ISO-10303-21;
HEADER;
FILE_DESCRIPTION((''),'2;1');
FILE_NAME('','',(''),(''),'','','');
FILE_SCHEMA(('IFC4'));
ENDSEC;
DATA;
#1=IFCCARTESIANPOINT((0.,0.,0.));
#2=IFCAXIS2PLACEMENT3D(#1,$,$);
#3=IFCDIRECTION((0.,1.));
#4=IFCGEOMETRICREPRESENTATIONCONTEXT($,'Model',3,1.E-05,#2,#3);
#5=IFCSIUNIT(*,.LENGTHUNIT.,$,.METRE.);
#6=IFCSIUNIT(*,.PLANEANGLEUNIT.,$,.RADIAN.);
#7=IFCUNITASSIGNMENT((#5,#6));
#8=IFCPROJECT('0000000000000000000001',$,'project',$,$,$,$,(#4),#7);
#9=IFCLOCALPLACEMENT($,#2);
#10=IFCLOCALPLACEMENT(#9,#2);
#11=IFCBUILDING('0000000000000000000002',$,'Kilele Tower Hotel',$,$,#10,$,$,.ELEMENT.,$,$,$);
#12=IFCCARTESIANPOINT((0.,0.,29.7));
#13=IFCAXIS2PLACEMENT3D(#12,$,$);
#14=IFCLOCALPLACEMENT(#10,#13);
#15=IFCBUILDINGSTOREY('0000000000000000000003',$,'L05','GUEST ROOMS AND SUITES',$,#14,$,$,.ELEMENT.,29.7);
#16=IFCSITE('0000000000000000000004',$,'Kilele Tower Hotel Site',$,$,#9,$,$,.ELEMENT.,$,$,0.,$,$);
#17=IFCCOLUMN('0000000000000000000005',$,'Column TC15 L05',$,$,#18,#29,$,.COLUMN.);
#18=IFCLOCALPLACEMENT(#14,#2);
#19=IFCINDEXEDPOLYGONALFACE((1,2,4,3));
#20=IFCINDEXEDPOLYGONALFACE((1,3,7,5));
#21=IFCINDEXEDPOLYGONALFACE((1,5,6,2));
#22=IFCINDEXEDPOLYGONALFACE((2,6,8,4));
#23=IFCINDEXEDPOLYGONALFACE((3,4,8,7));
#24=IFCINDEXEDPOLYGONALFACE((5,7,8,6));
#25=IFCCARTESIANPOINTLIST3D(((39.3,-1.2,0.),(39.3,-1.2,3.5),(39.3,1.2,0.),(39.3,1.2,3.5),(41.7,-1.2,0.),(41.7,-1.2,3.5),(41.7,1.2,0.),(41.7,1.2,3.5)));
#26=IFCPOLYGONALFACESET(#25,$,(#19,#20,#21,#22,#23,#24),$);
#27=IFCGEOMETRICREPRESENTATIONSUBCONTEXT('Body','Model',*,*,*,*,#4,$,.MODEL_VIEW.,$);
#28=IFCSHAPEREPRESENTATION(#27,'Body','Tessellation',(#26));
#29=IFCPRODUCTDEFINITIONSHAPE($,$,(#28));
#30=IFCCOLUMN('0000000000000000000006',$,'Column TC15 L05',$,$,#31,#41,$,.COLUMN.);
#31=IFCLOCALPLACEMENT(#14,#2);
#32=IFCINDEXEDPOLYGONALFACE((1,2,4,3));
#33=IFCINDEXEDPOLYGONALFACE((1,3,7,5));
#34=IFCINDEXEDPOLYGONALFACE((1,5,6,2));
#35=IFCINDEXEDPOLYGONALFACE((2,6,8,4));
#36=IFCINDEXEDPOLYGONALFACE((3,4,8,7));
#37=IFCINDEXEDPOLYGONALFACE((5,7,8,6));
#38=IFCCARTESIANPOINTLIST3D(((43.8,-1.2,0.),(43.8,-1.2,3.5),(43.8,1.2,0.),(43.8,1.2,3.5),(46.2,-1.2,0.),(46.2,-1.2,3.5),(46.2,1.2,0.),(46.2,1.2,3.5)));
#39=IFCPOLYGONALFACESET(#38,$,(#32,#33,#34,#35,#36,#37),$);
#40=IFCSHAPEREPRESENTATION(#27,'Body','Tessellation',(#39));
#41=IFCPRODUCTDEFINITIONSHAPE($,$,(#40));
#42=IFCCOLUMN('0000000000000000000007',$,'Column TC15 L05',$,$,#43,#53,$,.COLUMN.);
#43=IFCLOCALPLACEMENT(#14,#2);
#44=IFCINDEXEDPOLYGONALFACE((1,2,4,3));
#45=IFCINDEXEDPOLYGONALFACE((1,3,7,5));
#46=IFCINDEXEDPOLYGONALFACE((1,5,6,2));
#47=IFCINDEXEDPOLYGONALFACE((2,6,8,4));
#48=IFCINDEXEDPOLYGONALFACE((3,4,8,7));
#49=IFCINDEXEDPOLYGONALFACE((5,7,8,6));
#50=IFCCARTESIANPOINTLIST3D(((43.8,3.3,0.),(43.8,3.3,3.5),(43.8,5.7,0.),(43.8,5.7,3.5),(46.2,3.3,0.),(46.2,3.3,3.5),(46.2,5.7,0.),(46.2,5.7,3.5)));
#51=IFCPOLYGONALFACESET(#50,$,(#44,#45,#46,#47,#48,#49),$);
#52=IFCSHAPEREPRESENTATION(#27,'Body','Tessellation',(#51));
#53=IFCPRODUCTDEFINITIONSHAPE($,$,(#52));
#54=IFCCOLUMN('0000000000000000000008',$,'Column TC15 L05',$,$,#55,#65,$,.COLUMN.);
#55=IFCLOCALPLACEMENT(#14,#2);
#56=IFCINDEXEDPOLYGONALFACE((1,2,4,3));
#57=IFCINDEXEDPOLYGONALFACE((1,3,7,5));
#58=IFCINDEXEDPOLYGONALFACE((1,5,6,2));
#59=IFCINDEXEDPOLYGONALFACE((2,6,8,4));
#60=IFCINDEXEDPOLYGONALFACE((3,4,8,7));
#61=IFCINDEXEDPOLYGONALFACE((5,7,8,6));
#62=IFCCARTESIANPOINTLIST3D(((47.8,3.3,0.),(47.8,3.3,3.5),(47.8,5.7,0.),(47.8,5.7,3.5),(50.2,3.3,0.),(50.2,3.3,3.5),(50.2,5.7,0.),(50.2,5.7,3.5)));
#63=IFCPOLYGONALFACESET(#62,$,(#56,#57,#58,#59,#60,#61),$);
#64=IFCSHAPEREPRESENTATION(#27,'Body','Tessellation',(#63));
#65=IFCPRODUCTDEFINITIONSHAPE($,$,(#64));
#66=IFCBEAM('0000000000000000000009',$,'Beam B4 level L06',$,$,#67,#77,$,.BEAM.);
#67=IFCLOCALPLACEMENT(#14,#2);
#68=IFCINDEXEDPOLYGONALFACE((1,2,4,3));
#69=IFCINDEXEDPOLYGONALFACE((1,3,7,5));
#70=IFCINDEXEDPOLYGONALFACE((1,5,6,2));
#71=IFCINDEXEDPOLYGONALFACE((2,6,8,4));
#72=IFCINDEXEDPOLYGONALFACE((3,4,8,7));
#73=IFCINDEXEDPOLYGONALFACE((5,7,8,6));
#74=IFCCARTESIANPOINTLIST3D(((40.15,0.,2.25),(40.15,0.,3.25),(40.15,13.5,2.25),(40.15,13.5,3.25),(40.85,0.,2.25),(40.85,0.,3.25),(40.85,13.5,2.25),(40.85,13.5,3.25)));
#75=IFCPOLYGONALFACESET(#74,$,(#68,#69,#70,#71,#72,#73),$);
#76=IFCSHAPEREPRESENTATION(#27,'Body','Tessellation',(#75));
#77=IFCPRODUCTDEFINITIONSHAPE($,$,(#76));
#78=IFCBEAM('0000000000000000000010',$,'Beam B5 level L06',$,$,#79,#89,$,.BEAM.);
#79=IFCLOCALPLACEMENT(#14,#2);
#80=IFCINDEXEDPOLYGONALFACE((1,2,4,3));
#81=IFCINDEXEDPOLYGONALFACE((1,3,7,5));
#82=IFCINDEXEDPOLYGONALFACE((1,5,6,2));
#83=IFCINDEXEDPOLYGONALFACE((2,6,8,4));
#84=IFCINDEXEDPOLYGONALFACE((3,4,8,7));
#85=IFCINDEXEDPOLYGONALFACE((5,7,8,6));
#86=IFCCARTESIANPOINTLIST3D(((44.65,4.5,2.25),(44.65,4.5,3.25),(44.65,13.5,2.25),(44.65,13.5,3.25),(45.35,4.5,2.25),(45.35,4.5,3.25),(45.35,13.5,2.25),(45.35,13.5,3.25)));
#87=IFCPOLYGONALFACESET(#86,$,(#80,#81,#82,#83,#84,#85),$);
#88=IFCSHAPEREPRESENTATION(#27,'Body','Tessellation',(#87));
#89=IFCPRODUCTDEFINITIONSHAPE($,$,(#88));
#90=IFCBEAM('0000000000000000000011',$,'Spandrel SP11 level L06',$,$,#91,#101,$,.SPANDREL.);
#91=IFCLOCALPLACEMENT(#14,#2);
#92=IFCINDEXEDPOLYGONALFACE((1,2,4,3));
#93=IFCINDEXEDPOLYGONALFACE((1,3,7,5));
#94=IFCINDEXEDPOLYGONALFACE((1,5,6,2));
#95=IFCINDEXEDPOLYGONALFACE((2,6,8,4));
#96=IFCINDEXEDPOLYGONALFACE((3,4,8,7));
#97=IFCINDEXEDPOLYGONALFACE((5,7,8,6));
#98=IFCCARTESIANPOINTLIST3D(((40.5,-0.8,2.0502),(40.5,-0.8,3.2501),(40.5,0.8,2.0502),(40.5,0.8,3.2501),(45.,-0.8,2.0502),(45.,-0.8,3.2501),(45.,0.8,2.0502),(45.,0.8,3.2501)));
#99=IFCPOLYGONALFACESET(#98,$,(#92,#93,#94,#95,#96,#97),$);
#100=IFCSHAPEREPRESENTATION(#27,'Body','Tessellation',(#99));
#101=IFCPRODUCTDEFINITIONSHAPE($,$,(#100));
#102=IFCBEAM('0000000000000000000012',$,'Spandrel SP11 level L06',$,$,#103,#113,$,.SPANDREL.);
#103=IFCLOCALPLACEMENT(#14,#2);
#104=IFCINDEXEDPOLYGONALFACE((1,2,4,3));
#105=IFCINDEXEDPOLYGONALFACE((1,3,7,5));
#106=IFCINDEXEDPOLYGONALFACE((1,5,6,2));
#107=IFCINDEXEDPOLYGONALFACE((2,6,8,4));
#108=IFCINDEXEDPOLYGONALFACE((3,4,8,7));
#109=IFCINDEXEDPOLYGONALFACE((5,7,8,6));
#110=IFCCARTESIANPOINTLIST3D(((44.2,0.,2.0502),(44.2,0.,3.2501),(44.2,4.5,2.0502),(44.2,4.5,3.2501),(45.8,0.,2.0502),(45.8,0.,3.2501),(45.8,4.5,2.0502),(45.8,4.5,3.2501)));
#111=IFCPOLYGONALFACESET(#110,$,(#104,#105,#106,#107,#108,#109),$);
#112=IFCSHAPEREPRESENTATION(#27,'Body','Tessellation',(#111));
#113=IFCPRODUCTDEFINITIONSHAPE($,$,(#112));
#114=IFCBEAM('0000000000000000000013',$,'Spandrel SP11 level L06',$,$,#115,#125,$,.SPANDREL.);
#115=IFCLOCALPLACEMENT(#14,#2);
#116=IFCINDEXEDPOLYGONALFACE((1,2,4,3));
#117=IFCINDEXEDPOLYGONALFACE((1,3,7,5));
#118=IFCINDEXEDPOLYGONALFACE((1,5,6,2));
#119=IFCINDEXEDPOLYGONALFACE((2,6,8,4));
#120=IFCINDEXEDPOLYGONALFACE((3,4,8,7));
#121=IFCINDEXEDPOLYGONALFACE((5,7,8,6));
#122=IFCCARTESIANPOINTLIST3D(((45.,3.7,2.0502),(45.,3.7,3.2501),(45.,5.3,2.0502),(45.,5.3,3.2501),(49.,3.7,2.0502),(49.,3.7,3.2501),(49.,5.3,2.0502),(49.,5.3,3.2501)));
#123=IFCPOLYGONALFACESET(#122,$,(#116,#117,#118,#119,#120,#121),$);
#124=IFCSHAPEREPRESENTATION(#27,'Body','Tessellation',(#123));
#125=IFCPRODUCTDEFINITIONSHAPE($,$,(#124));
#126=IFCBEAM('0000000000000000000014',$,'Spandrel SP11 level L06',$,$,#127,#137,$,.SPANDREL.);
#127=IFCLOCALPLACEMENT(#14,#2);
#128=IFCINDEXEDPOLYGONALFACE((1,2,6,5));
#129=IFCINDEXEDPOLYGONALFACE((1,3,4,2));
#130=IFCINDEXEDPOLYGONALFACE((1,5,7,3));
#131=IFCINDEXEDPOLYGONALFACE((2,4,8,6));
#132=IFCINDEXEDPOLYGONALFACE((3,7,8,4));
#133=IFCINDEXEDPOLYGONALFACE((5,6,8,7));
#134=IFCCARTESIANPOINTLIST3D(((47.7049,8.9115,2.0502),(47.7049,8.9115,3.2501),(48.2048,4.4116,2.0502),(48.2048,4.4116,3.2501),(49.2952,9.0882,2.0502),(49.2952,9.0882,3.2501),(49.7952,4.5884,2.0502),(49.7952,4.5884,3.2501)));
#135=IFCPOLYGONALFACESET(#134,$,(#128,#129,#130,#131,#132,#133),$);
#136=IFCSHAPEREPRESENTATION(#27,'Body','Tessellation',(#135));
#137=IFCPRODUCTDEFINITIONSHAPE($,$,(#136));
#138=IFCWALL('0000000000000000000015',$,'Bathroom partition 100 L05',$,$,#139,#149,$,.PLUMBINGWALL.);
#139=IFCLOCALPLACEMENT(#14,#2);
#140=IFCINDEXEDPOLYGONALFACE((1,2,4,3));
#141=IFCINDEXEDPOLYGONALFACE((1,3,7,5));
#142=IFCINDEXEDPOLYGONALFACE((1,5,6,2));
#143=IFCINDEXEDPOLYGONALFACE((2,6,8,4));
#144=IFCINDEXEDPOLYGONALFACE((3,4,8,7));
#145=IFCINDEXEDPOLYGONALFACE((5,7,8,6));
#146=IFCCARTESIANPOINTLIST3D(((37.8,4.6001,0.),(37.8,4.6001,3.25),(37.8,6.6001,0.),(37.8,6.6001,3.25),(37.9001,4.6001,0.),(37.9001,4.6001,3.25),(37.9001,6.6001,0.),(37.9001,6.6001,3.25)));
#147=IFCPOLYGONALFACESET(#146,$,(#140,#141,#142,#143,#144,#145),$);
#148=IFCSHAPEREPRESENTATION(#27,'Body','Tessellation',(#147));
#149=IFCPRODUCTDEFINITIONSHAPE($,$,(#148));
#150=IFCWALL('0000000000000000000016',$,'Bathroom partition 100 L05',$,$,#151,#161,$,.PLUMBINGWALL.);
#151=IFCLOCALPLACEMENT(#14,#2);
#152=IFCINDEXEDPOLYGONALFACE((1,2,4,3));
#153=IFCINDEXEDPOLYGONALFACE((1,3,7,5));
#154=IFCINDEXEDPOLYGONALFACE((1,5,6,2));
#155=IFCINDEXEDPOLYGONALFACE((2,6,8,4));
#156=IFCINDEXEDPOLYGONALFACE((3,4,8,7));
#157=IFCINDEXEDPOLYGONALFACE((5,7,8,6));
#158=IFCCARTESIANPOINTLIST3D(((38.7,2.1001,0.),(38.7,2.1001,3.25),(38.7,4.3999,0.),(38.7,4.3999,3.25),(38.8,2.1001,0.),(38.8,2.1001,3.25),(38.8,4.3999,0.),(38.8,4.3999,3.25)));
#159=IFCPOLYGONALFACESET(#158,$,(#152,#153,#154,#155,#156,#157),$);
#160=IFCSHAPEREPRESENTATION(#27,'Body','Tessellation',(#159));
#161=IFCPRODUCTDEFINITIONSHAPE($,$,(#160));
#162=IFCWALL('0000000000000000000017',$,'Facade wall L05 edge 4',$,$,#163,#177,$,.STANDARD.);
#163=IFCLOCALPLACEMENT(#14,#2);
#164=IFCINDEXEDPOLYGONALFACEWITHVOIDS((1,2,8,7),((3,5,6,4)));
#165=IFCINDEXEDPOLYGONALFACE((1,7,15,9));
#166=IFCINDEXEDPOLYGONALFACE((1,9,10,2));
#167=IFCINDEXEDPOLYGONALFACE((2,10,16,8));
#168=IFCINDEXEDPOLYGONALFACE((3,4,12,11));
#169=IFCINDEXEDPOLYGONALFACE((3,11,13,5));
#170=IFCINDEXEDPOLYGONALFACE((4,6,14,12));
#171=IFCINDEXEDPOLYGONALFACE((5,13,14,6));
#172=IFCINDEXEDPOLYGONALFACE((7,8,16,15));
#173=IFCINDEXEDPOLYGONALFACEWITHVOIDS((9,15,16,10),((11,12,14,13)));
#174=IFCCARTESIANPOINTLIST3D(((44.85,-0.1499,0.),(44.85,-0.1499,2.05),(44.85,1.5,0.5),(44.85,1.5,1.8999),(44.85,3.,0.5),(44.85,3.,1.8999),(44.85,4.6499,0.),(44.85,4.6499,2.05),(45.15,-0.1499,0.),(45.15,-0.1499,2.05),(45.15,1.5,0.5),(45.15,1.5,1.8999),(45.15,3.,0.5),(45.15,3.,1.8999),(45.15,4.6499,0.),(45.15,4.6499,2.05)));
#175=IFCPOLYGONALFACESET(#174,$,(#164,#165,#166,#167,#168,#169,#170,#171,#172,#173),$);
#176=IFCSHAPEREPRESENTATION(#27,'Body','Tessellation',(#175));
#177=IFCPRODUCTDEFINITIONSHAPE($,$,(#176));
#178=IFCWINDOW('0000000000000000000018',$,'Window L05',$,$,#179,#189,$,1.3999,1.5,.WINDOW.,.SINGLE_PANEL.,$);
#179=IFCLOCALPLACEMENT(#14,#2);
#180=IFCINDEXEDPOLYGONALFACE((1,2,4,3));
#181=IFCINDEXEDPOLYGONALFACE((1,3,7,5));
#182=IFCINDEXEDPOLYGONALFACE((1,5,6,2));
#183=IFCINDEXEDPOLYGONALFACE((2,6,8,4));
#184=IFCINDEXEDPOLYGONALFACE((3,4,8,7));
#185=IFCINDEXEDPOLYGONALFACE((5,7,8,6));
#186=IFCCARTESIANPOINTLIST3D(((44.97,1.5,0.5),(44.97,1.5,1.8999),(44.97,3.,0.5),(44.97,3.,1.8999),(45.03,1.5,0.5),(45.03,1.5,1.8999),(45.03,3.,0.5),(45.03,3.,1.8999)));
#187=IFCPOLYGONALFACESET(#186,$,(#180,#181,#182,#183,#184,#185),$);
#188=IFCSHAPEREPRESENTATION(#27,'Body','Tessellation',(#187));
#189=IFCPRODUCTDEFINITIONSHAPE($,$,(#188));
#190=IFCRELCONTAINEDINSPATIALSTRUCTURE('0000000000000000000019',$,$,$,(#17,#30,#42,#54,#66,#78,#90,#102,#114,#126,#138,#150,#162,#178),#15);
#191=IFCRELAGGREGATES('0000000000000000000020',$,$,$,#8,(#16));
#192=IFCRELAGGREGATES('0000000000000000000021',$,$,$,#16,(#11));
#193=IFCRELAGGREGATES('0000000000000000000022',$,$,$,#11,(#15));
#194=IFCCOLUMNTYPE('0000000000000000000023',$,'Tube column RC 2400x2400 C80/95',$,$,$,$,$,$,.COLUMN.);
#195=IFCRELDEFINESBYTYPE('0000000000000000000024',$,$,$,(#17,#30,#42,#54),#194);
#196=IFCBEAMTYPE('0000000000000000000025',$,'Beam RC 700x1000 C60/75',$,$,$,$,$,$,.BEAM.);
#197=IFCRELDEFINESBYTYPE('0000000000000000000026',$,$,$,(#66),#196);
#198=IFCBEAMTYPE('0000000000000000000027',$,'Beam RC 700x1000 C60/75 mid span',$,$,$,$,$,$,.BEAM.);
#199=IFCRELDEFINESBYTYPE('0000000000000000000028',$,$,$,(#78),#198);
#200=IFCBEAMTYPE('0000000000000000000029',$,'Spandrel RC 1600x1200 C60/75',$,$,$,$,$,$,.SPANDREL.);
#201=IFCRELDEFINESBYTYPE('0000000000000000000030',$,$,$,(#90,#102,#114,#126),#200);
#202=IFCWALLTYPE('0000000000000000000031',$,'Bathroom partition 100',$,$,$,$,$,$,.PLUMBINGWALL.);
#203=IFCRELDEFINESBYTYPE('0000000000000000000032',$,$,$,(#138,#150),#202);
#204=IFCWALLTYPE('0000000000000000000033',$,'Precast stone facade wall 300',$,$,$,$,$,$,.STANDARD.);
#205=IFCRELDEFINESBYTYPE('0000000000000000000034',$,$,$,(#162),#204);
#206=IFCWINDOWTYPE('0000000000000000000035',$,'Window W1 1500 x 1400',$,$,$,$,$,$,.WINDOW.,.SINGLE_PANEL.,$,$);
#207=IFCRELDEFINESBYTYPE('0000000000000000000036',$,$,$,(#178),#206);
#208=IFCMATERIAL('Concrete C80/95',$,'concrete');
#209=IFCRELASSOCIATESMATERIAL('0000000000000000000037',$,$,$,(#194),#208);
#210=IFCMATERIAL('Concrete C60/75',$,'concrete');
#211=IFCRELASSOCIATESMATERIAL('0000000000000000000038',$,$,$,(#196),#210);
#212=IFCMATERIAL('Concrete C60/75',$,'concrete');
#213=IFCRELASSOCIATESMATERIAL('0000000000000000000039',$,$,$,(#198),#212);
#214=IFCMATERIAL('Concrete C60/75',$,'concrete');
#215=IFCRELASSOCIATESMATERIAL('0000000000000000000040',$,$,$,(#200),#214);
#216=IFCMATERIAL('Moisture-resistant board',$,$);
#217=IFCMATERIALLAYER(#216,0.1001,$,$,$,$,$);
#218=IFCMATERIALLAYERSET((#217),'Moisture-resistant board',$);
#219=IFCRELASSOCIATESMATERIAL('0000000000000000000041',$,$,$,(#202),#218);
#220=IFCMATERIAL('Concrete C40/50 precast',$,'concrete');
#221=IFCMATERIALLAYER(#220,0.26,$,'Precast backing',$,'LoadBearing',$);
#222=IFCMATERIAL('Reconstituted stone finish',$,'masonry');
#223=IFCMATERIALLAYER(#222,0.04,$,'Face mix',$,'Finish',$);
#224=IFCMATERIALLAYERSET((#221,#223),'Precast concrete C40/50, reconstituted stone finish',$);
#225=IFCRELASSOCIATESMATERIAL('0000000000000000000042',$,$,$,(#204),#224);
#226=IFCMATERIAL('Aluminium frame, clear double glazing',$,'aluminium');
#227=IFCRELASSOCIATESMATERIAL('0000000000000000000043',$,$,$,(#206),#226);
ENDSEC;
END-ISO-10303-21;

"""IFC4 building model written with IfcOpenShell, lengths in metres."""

from ifc_helpers import new_model, si_unit, direction, frame, frame_2d, origin, origin_2d, place, context, subcontext, project, spatial, rectangle, extrude, material, layer, layer_set, material_profile, profile_set, type_object, element, fill, save


model = new_model("IFC4")

# Units and contexts
model_context = context("Model", 3, precision=1e-05, world=origin(), true_north=direction((0.0, 1.0)))
body_context = subcontext(model_context, "Body", "Model", "MODEL_VIEW")
ifc_project = project(units=[si_unit("LENGTHUNIT", "METRE"), si_unit("PLANEANGLEUNIT", "RADIAN")], contexts=[model_context])

# Site, building, storey
site_placement = place(None, origin())
site = spatial("IfcSite", under=ifc_project, at=site_placement, Name="Kilele Tower Hotel Site", CompositionType="ELEMENT", RefElevation=0.0)
building_placement = place(site_placement, origin())
building = spatial("IfcBuilding", under=site, at=building_placement, Name="Kilele Tower Hotel", CompositionType="ELEMENT")
storey_placement = place(building_placement, frame((0.0, 0.0, 29.7)))
storey = spatial("IfcBuildingStorey", under=building, at=storey_placement, Name="L05", Description="GUEST ROOMS AND SUITES", CompositionType="ELEMENT", Elevation=29.7)

# Columns
ifc_material_1 = material(Name="Concrete C80/95", Category="concrete")
ifc_material_profile_1 = material_profile(ifc_material_1, rectangle(XDim=2.3999, YDim=2.3999, at=origin_2d()))
ifc_profile_set_1 = profile_set([ifc_material_profile_1], Name="Concrete C80/95")
column_type = type_object("IfcColumnType", Name="Tube column RC 2400x2400 C80/95", PredefinedType="COLUMN", material=ifc_profile_set_1)
for number, where, z_axis, x_axis, name in (
    (1, (40.5, 0.0, 0.0), (0.0, 0.0, 1.0), (1.0, 0.0, 0.0), "Column TC15 L05"),
    (2, (45.0, 0.0, 0.0), (0.0, 0.0, 1.0), (1.0, 0.0, 0.0), "Column TC15 L05"),
    (3, (45.0, 4.5, 0.0), (0.0, 0.0, 1.0), (1.0, 0.0, 0.0), "Column TC15 L05"),
    (4, (49.0, 4.5, 0.0), (0.0, 0.0, 1.0), (1.0, 0.0, 0.0), "Column TC15 L05"),
):
    element("IfcColumn", number, at=place(storey_placement, frame(where, z_axis=z_axis, x_axis=x_axis)), inside=storey, type_object=column_type, Name=name, PredefinedType="COLUMN", context=body_context, shape_type="SweptSolid", body=[
        extrude(rectangle(XDim=2.3999, YDim=2.3999, at=origin_2d()), origin(), (0.0, 0.0, 1.0), 3.5),
    ])

# Beams
ifc_material_2 = material(Name="Concrete C60/75", Category="concrete")
ifc_material_profile_2 = material_profile(ifc_material_2, rectangle(XDim=0.7, YDim=1.0, at=origin_2d()))
ifc_profile_set_2 = profile_set([ifc_material_profile_2], Name="Concrete C60/75")
beam_type_1 = type_object("IfcBeamType", Name="Beam RC 700x1000 C60/75", PredefinedType="BEAM", material=ifc_profile_set_2)
beam_1_placement = place(storey_placement, frame((40.5, 0.0, 2.75), z_axis=(0.0, 1.0, 0.0), x_axis=(-1.0, 0.0, 0.0)))
element("IfcBeam", 5, at=beam_1_placement, inside=storey, type_object=beam_type_1, Name="Beam B4 level L06", PredefinedType="BEAM", context=body_context, shape_type="SweptSolid", body=[
    extrude(rectangle(XDim=0.7, YDim=1.0, at=origin_2d()), origin(), (0.0, 0.0, 1.0), 13.5),
])
ifc_material_3 = material(Name="Concrete C60/75", Category="concrete")
ifc_material_profile_3 = material_profile(ifc_material_3, rectangle(XDim=0.7, YDim=1.0, at=origin_2d()))
ifc_profile_set_3 = profile_set([ifc_material_profile_3], Name="Concrete C60/75")
beam_type_2 = type_object("IfcBeamType", Name="Beam RC 700x1000 C60/75 mid span", PredefinedType="BEAM", material=ifc_profile_set_3)
beam_2_placement = place(storey_placement, frame((45.0, 4.5, 2.75), z_axis=(0.0, 1.0, 0.0), x_axis=(-1.0, 0.0, 0.0)))
element("IfcBeam", 6, at=beam_2_placement, inside=storey, type_object=beam_type_2, Name="Beam B5 level L06", PredefinedType="BEAM", context=body_context, shape_type="SweptSolid", body=[
    extrude(rectangle(XDim=0.7, YDim=1.0, at=origin_2d()), origin(), (0.0, 0.0, 1.0), 9.0),
])
ifc_material_4 = material(Name="Concrete C60/75", Category="concrete")
ifc_material_profile_4 = material_profile(ifc_material_4, rectangle(XDim=1.6001, YDim=1.2, at=origin_2d()))
ifc_profile_set_4 = profile_set([ifc_material_profile_4], Name="Concrete C60/75")
beam_type_3 = type_object("IfcBeamType", Name="Spandrel RC 1600x1200 C60/75", PredefinedType="SPANDREL", material=ifc_profile_set_4)
for number, where, z_axis, x_axis, name in (
    (7, (40.5, 0.0, 2.6501), (1.0, 0.0, 0.0), (0.0, 1.0, 0.0), "Spandrel SP11 level L06"),
    (8, (45.0, 0.0, 2.6501), (0.0, 1.0, 0.0), (-1.0, 0.0, 0.0), "Spandrel SP11 level L06"),
):
    element("IfcBeam", number, at=place(storey_placement, frame(where, z_axis=z_axis, x_axis=x_axis)), inside=storey, type_object=beam_type_3, Name=name, PredefinedType="SPANDREL", context=body_context, shape_type="SweptSolid", body=[
        extrude(rectangle(XDim=1.6001, YDim=1.2, at=origin_2d()), origin(), (0.0, 0.0, 1.0), 4.5),
    ])
beam_3_placement = place(storey_placement, frame((45.0, 4.5, 2.6501), z_axis=(1.0, 0.0, 0.0), x_axis=(0.0, 1.0, 0.0)))
element("IfcBeam", 9, at=beam_3_placement, inside=storey, type_object=beam_type_3, Name="Spandrel SP11 level L06", PredefinedType="SPANDREL", context=body_context, shape_type="SweptSolid", body=[
    extrude(rectangle(XDim=1.6001, YDim=1.2, at=origin_2d()), origin(), (0.0, 0.0, 1.0), 4.0),
])
beam_4_placement = place(storey_placement, frame((49.0, 4.5, 2.6501), z_axis=(-0.110432, 0.993884, 0.0), x_axis=(-0.993884, -0.110432, 0.0)))
element("IfcBeam", 10, at=beam_4_placement, inside=storey, type_object=beam_type_3, Name="Spandrel SP11 level L06", PredefinedType="SPANDREL", context=body_context, shape_type="SweptSolid", body=[
    extrude(rectangle(XDim=1.6001, YDim=1.2, at=origin_2d()), origin(), (0.0, 0.0, 1.0), 4.5276),
])

# Walls
ifc_material_5 = material(Name="Moisture-resistant board")
ifc_layer_1 = layer(ifc_material_5, 0.1001)
ifc_layer_set_1 = layer_set([ifc_layer_1], Name="Moisture-resistant board")
wall_type_1 = type_object("IfcWallType", Name="Bathroom partition 100", PredefinedType="PLUMBINGWALL", material=ifc_layer_set_1)
wall_1_placement = place(storey_placement, frame((37.8501, 4.6001, 0.0), z_axis=(0.0, 0.0, 1.0), x_axis=(0.0, 1.0, 0.0)))
element("IfcWall", 11, at=wall_1_placement, inside=storey, type_object=wall_type_1, Name="Bathroom partition 100 L05", PredefinedType="PLUMBINGWALL", context=body_context, shape_type="SweptSolid", body=[
    extrude(rectangle(XDim=2.0, YDim=0.1001, at=frame_2d((1.0, 0.0))), origin(), (0.0, 0.0, 1.0), 3.25),
])
wall_2_placement = place(storey_placement, frame((38.75, 4.3999, 0.0), z_axis=(0.0, 0.0, 1.0), x_axis=(0.0, -1.0, 0.0)))
element("IfcWall", 12, at=wall_2_placement, inside=storey, type_object=wall_type_1, Name="Bathroom partition 100 L05", PredefinedType="PLUMBINGWALL", context=body_context, shape_type="SweptSolid", body=[
    extrude(rectangle(XDim=2.2998, YDim=0.1001, at=frame_2d((1.1499, 0.0))), origin(), (0.0, 0.0, 1.0), 3.25),
])

# Wall, opening, window
ifc_material_6 = material(Name="Concrete C40/50 precast", Category="concrete")
ifc_layer_2 = layer(ifc_material_6, 0.26, Name="Precast backing", Category="LoadBearing")
ifc_material_7 = material(Name="Reconstituted stone finish", Category="masonry")
ifc_layer_3 = layer(ifc_material_7, 0.04, Name="Face mix", Category="Finish")
ifc_layer_set_2 = layer_set([ifc_layer_2, ifc_layer_3], Name="Precast concrete C40/50, reconstituted stone finish")
wall_type_2 = type_object("IfcWallType", Name="Precast stone facade wall 300", PredefinedType="STANDARD", material=ifc_layer_set_2)
wall_3_placement = place(storey_placement, frame((45.0, -0.1499, 0.0), z_axis=(0.0, 0.0, 1.0), x_axis=(0.0, 1.0, 0.0)))
wall_3 = element("IfcWall", 13, at=wall_3_placement, inside=storey, type_object=wall_type_2, Name="Facade wall L05 edge 4", PredefinedType="STANDARD", context=body_context, shape_type="SweptSolid", body=[
    extrude(rectangle(XDim=4.7998, YDim=0.3, at=frame_2d((2.3999, 0.0))), origin(), (0.0, 0.0, 1.0), 2.05),
])
opening_1_placement = place(wall_3_placement, frame((1.6499, 0.0, 0.5)))
opening_1 = element("IfcOpeningElement", 14, at=opening_1_placement, cuts=wall_3, PredefinedType="OPENING", context=body_context, shape_type="SweptSolid", body=[
    extrude(rectangle(XDim=1.5, YDim=1.3999, at=frame_2d((0.75, 0.7))), frame((0.0, 0.1599, 0.0), z_axis=(0.0, -1.0, 0.0), x_axis=(1.0, 0.0, 0.0)), (0.0, 0.0, 1.0), 0.3201),
])
ifc_material_8 = material(Name="Aluminium frame, clear double glazing", Category="aluminium")
window_type_1 = type_object("IfcWindowType", Name="Window W1 1500 x 1400", PartitioningType="SINGLE_PANEL", PredefinedType="WINDOW", material=ifc_material_8)
window_1_placement = place(opening_1_placement, origin())
window_1 = element("IfcWindow", 15, at=window_1_placement, inside=storey, type_object=window_type_1, Name="Window L05", OverallHeight=1.3999, OverallWidth=1.5, PartitioningType="SINGLE_PANEL", PredefinedType="WINDOW", context=body_context, shape_type="SweptSolid", body=[
    extrude(rectangle(XDim=1.5, YDim=1.3999, at=frame_2d((0.75, 0.7))), frame((0.0, 0.03, 0.0), z_axis=(0.0, -1.0, 0.0), x_axis=(1.0, 0.0, 0.0)), (0.0, 0.0, 1.0), 0.0601),
])
fill(opening_1, window_1)

save(model, "model.ifc")
